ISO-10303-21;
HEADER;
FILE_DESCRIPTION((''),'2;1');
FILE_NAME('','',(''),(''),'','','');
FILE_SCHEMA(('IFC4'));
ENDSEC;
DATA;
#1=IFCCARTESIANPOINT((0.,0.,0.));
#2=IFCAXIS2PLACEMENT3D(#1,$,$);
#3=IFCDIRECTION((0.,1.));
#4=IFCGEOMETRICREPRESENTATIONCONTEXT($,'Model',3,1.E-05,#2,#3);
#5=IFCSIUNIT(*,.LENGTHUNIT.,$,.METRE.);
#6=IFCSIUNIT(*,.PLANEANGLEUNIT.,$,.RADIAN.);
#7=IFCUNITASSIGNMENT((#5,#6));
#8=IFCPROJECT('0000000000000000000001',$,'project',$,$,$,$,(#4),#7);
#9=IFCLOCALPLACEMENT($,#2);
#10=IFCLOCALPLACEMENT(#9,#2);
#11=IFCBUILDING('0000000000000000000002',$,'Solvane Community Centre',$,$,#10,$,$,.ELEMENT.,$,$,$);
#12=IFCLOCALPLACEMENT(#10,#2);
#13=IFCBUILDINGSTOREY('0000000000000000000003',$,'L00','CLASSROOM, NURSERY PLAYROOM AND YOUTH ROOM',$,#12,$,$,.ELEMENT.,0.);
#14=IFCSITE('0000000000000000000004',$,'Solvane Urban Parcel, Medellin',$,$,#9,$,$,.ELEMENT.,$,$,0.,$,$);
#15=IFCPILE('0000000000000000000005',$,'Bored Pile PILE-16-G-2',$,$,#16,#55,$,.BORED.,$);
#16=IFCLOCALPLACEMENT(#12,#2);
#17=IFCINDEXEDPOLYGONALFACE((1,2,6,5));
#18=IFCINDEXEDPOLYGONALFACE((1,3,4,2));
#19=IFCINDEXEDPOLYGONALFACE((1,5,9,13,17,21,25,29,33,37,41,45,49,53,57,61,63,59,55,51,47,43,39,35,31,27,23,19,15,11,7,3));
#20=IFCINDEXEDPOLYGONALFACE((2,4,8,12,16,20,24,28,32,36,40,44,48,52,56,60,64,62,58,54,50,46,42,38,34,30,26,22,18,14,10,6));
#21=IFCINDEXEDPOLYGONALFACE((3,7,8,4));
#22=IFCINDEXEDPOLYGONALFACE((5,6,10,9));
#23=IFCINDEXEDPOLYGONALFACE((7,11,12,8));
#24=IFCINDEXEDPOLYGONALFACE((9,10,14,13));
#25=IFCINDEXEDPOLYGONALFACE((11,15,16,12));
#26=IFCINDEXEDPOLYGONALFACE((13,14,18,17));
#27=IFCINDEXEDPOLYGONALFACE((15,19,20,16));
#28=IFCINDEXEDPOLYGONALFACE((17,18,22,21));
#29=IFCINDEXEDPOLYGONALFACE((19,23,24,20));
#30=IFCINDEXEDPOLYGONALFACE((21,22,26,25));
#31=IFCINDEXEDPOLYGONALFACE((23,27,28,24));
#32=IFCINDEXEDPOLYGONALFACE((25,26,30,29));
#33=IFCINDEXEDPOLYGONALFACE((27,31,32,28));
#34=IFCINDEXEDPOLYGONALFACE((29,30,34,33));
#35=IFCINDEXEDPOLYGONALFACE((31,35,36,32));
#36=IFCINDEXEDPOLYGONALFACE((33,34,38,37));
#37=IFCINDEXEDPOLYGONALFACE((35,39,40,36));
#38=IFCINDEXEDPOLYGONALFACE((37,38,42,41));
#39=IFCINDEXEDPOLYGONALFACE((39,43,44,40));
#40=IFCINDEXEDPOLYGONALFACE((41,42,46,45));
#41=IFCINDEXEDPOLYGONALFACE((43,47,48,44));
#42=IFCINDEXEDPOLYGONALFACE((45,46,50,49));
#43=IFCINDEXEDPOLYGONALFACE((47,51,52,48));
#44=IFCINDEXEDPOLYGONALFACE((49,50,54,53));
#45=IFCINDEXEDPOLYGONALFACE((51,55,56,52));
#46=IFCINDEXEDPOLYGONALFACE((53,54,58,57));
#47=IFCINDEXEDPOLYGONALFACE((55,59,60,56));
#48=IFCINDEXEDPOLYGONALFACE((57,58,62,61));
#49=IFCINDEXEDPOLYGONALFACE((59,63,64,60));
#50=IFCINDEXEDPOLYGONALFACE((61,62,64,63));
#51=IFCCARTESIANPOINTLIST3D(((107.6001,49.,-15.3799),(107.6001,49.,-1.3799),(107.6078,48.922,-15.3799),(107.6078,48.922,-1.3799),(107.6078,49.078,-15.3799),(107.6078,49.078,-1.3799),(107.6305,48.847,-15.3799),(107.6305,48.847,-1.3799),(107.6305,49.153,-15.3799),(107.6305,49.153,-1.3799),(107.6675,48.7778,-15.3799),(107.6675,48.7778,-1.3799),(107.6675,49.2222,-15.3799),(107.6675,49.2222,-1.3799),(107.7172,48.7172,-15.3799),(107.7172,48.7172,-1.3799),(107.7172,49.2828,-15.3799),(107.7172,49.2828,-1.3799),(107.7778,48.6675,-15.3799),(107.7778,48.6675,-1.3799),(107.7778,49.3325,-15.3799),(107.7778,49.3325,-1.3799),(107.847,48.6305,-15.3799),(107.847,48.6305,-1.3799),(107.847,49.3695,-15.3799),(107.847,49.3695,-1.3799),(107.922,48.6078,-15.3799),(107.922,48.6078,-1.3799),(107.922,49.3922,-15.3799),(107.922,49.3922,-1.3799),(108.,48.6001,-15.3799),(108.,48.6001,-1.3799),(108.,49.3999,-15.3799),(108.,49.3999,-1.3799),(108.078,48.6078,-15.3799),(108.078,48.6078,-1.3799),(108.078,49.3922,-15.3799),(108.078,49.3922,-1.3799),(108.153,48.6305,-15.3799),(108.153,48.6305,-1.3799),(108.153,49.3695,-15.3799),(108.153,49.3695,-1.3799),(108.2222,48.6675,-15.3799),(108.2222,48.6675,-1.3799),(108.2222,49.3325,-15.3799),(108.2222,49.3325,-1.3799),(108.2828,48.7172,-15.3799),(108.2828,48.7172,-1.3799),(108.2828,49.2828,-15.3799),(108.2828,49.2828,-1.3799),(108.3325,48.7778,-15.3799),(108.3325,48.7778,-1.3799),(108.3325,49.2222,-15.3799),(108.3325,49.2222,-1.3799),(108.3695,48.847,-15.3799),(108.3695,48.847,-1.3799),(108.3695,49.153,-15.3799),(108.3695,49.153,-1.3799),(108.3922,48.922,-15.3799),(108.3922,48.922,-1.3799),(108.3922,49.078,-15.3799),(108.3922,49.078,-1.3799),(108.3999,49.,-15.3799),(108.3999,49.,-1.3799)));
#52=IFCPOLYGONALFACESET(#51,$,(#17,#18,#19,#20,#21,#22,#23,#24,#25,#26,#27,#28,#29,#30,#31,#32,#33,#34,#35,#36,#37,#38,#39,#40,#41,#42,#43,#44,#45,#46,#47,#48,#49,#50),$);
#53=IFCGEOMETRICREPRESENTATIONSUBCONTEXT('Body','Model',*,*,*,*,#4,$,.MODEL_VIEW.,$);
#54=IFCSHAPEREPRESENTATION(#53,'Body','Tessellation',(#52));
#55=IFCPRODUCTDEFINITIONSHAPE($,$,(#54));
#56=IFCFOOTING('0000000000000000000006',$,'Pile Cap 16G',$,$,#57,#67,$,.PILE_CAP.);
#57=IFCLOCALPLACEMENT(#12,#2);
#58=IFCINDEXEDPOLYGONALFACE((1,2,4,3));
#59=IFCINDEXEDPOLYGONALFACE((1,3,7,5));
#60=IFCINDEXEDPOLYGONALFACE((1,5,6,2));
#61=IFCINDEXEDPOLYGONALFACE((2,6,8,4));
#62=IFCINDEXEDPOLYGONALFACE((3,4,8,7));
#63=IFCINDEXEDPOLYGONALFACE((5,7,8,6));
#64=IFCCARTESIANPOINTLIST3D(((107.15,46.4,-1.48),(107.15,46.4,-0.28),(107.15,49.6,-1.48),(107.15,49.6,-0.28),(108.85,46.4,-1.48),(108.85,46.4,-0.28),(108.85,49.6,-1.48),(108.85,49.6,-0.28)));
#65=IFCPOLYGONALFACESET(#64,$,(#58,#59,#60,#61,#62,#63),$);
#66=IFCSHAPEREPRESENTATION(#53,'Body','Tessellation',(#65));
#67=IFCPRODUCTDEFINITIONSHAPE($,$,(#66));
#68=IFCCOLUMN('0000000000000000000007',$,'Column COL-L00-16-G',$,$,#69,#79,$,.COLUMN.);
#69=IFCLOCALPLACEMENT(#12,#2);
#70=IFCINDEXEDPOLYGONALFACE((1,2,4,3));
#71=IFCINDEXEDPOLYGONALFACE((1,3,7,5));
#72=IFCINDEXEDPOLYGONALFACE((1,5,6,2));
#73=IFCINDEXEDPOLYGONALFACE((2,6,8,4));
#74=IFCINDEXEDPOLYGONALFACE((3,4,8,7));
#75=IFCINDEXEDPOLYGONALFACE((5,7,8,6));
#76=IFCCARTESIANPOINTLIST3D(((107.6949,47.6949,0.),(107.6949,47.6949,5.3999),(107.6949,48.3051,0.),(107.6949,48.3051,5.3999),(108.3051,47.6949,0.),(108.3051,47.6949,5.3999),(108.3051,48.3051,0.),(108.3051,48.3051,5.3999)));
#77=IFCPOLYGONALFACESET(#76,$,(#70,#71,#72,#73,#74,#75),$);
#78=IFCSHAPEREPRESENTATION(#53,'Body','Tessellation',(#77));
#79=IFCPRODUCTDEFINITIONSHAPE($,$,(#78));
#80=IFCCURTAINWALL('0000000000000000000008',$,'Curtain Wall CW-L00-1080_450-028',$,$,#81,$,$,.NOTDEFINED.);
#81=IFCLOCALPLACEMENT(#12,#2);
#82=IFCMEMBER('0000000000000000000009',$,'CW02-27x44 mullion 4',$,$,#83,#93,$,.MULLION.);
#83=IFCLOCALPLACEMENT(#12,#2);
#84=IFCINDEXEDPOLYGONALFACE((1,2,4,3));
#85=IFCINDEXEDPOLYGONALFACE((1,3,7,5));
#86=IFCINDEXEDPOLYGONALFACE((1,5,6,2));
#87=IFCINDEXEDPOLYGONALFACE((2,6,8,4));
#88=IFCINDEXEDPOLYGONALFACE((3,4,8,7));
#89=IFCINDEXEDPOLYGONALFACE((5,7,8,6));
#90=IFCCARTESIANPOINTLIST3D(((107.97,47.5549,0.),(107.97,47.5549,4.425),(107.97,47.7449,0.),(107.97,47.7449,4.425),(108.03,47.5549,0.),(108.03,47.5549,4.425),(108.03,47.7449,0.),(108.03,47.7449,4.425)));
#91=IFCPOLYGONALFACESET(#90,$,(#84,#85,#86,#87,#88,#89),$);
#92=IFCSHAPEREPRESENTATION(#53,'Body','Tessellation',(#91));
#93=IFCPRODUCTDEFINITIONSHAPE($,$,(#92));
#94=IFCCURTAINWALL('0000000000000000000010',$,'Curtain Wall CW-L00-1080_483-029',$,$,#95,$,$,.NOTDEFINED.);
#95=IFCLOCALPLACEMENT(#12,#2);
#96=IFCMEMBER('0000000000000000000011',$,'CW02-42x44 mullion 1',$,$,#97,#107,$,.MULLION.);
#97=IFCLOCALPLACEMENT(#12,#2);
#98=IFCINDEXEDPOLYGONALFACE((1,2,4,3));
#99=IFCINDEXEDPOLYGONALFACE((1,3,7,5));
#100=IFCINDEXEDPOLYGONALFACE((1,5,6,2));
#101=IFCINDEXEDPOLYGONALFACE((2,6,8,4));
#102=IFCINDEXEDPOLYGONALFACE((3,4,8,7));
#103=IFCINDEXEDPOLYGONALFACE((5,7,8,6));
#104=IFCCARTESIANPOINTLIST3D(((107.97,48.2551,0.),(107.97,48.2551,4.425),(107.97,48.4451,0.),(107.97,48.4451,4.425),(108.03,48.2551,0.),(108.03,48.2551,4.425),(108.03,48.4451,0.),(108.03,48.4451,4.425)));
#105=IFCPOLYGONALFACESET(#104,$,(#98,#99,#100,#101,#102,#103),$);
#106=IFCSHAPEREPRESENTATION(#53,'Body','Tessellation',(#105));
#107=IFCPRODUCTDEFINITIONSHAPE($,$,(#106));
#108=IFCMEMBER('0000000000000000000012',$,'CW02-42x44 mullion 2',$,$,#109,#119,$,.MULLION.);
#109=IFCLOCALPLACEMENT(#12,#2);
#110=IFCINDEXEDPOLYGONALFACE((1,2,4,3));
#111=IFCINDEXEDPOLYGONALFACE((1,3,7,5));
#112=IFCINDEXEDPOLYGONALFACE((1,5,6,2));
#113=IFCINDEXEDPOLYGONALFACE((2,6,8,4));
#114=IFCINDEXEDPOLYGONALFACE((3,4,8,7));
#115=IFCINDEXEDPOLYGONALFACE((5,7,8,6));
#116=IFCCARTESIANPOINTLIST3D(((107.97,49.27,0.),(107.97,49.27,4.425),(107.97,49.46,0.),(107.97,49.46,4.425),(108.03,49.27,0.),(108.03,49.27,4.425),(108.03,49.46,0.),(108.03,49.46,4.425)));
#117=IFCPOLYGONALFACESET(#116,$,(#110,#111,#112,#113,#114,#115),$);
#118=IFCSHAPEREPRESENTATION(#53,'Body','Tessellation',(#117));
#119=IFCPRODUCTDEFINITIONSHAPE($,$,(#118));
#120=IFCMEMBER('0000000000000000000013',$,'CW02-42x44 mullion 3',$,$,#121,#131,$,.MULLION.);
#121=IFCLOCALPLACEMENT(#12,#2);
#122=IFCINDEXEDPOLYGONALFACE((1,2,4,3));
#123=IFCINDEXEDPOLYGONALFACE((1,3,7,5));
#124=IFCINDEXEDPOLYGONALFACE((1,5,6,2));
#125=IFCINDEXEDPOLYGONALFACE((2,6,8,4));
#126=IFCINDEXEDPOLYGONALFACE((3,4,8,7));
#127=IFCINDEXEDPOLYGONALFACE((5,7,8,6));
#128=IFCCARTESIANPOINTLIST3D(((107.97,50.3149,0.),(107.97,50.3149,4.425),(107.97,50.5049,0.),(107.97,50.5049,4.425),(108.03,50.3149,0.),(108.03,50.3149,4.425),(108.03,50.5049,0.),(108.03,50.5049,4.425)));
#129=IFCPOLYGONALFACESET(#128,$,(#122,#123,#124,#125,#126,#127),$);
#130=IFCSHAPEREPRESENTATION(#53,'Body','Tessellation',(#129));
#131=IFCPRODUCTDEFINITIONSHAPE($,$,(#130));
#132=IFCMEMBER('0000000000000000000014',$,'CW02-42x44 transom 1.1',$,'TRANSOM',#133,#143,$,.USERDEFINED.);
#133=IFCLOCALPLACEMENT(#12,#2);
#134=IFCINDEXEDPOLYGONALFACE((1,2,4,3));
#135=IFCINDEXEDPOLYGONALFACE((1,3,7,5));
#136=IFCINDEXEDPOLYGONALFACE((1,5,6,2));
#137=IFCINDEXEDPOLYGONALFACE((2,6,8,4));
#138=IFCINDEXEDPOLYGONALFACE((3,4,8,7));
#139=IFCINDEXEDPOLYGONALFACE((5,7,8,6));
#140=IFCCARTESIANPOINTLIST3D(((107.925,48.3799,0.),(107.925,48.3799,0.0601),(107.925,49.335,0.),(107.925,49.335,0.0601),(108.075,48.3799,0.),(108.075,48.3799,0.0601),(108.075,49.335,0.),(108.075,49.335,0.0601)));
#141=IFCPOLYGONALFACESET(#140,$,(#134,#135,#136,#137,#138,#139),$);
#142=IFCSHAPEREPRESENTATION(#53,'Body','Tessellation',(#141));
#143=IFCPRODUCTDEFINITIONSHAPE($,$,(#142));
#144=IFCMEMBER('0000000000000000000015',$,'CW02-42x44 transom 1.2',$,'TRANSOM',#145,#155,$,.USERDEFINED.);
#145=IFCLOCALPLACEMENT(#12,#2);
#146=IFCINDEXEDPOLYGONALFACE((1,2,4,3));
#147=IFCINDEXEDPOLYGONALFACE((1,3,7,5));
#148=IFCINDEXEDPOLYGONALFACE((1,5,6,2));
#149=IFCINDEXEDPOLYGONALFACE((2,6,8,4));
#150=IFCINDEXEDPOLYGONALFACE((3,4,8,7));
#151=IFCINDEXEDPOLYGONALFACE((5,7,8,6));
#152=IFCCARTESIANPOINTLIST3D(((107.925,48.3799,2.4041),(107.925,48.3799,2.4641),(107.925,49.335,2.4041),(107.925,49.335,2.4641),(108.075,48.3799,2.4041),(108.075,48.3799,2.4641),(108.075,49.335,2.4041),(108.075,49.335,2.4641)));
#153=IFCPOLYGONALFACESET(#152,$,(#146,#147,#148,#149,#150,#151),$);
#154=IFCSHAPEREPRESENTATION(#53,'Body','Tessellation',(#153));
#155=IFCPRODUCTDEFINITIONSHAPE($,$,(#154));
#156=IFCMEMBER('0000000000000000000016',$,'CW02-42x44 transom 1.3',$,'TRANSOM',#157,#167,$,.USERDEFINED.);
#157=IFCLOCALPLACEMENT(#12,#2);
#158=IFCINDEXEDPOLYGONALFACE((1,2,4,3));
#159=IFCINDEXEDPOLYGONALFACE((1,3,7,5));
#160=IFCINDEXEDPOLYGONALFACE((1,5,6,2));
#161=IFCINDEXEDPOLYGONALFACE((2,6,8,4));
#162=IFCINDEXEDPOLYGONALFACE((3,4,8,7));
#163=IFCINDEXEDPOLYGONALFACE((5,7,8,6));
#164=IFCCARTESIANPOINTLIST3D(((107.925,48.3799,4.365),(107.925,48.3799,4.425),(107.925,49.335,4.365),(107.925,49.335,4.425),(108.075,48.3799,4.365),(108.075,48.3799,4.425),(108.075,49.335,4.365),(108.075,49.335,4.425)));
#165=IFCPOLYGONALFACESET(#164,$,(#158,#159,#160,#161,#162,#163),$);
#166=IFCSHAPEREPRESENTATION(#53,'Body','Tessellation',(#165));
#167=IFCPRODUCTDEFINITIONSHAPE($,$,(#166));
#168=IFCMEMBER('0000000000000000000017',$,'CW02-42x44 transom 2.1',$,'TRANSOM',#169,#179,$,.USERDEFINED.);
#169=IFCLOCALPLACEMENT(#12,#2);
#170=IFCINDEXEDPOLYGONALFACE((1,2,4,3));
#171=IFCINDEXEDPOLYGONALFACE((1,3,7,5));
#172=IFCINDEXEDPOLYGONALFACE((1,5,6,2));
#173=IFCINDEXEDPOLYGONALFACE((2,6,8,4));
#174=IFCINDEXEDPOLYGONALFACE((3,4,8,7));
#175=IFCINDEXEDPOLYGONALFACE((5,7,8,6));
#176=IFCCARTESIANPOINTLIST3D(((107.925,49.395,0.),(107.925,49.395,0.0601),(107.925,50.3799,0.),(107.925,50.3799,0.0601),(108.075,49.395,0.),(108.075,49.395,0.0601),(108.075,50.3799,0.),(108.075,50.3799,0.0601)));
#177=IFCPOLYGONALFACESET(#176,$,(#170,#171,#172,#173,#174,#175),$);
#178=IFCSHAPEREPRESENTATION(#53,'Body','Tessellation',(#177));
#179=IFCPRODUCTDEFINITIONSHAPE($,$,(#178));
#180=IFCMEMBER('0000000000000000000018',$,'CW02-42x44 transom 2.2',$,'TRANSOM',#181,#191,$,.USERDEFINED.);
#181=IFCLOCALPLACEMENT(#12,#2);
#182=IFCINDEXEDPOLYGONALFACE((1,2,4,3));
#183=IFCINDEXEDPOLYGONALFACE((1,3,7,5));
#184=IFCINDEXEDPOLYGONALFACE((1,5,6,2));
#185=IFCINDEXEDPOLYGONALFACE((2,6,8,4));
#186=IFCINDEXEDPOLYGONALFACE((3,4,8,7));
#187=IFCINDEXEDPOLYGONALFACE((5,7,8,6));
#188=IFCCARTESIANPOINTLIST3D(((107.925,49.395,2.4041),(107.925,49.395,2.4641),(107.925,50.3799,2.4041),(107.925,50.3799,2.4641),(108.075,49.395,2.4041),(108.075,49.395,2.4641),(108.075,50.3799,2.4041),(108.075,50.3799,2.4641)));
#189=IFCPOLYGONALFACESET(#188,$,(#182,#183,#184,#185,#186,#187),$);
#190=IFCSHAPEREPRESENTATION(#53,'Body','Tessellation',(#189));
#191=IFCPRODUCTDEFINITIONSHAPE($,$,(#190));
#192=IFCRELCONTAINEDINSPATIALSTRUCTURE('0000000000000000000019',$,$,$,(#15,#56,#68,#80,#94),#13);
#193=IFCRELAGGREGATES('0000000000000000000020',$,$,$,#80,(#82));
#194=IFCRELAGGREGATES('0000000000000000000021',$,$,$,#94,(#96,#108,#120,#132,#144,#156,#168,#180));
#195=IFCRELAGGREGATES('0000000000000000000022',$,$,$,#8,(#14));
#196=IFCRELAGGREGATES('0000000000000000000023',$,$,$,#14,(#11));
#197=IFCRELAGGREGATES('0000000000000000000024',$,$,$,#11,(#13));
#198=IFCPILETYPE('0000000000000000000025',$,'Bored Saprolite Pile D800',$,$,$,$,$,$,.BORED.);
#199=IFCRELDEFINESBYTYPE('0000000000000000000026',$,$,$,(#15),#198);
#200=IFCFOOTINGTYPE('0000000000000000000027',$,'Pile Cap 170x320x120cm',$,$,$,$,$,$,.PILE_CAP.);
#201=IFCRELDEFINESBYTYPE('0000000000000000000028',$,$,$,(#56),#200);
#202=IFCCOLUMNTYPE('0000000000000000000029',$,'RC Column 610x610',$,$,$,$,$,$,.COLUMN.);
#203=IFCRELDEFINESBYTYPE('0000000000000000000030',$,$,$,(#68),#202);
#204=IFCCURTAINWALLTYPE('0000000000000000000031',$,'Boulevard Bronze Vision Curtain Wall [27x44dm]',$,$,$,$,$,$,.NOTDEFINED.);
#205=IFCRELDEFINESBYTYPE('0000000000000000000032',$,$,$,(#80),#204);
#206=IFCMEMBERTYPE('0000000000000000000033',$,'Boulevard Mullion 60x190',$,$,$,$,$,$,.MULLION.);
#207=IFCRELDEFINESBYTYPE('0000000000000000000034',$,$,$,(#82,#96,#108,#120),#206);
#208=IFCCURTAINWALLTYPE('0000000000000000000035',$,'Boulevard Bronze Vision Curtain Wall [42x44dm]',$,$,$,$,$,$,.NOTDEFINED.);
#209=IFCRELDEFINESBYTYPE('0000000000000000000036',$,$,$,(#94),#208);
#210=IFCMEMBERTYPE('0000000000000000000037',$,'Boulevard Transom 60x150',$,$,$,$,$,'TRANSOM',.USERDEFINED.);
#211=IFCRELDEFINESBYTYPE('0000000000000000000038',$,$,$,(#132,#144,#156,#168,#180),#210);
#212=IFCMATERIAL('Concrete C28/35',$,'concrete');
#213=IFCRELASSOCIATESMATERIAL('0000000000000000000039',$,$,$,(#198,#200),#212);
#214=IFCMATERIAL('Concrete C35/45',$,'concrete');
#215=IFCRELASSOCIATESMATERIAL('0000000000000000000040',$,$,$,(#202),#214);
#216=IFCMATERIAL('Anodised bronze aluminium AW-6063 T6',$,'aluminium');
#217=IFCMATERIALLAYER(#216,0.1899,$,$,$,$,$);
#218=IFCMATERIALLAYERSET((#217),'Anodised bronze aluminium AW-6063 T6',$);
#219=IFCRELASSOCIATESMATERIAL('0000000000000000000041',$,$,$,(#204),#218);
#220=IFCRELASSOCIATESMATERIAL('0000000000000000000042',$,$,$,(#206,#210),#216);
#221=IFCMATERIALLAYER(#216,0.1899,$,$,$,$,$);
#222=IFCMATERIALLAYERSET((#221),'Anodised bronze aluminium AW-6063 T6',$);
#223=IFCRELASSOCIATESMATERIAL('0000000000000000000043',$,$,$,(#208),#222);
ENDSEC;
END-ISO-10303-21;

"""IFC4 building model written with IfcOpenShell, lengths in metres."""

from ifc_helpers import new_model, si_unit, direction, frame, origin, origin_2d, place, context, subcontext, project, spatial, rectangle, circle, extrude, material, layer, layer_set, material_profile, profile_set, type_object, element, aggregate, save


model = new_model("IFC4")

# Units and contexts
model_context = context("Model", 3, precision=1e-05, world=origin(), true_north=direction((0.0, 1.0)))
body_context = subcontext(model_context, "Body", "Model", "MODEL_VIEW")
ifc_project = project(units=[si_unit("LENGTHUNIT", "METRE"), si_unit("PLANEANGLEUNIT", "RADIAN")], contexts=[model_context])

# Site, building, storey
site_placement = place(None, origin())
site = spatial("IfcSite", under=ifc_project, at=site_placement, Name="Solvane Urban Parcel, Medellin", CompositionType="ELEMENT", RefElevation=0.0)
building_placement = place(site_placement, origin())
building = spatial("IfcBuilding", under=site, at=building_placement, Name="Solvane Community Centre", CompositionType="ELEMENT")
storey_placement = place(building_placement, origin())
storey = spatial("IfcBuildingStorey", under=building, at=storey_placement, Name="L00", Description="CLASSROOM, NURSERY PLAYROOM AND YOUTH ROOM", CompositionType="ELEMENT", Elevation=0.0)

# Pile
ifc_material_1 = material(Name="Concrete C28/35", Category="concrete")
ifc_material_profile_1 = material_profile(ifc_material_1, circle(Radius=0.3999, at=origin_2d()), Name="PILE D800")
ifc_profile_set_1 = profile_set([ifc_material_profile_1], Name="Concrete C28/35")
pile_type = type_object("IfcPileType", Name="Bored Saprolite Pile D800", PredefinedType="BORED", material=ifc_profile_set_1)
pile_placement = place(storey_placement, frame((108.0, 49.0, -1.3799), z_axis=(0.0, 0.0, -1.0), x_axis=(1.0, 0.0, 0.0)))
element("IfcPile", 1, at=pile_placement, inside=storey, type_object=pile_type, Name="Bored Pile PILE-16-G-2", PredefinedType="BORED", context=body_context, shape_type="SweptSolid", body=[
    extrude(circle(Radius=0.3999, at=origin_2d()), origin(), (0.0, 0.0, 1.0), 14.0),
])

# Footing
footing_type = type_object("IfcFootingType", Name="Pile Cap 170x320x120cm", PredefinedType="PILE_CAP", material=ifc_material_1)
footing_placement = place(storey_placement, frame((108.0, 48.0, -1.48), z_axis=(0.0, 0.0, 1.0), x_axis=(1.0, 0.0, 0.0)))
element("IfcFooting", 2, at=footing_placement, inside=storey, type_object=footing_type, Name="Pile Cap 16G", PredefinedType="PILE_CAP", context=body_context, shape_type="SweptSolid", body=[
    extrude(rectangle(XDim=1.7, YDim=3.2, at=origin_2d()), origin(), (0.0, 0.0, 1.0), 1.2),
])

# Column
ifc_material_2 = material(Name="Concrete C35/45", Category="concrete")
ifc_material_profile_2 = material_profile(ifc_material_2, rectangle(XDim=0.6101, YDim=0.6101, at=origin_2d()), Name="RC 610x610")
ifc_profile_set_2 = profile_set([ifc_material_profile_2], Name="Concrete C35/45")
column_type = type_object("IfcColumnType", Name="RC Column 610x610", PredefinedType="COLUMN", material=ifc_profile_set_2)
column_placement = place(storey_placement, frame((108.0, 48.0, 0.0), z_axis=(0.0, 0.0, 1.0), x_axis=(1.0, 0.0, 0.0)))
element("IfcColumn", 3, at=column_placement, inside=storey, type_object=column_type, Name="Column COL-L00-16-G", PredefinedType="COLUMN", context=body_context, shape_type="SweptSolid", body=[
    extrude(rectangle(XDim=0.6101, YDim=0.6101, at=origin_2d()), origin(), (0.0, 0.0, 1.0), 5.3999),
])

# Curtain wall, member
ifc_material_3 = material(Name="Anodised bronze aluminium AW-6063 T6", Category="aluminium")
ifc_layer_1 = layer(ifc_material_3, 0.1899)
ifc_layer_set_1 = layer_set([ifc_layer_1], Name="Anodised bronze aluminium AW-6063 T6")
curtain_wall_type_1 = type_object("IfcCurtainWallType", Name="Boulevard Bronze Vision Curtain Wall [27x44dm]", PredefinedType="NOTDEFINED", material=ifc_layer_set_1)
curtain_wall_1_placement = place(storey_placement, origin())
curtain_wall_1 = element("IfcCurtainWall", 4, at=curtain_wall_1_placement, inside=storey, type_object=curtain_wall_type_1, Name="Curtain Wall CW-L00-1080_450-028", PredefinedType="NOTDEFINED")
ifc_material_profile_3 = material_profile(ifc_material_3, rectangle(XDim=0.0601, YDim=0.1899, at=origin_2d()), Name="CW-M 60x190")
ifc_profile_set_3 = profile_set([ifc_material_profile_3], Name="Anodised bronze aluminium AW-6063 T6")
member_type_1 = type_object("IfcMemberType", Name="Boulevard Mullion 60x190", PredefinedType="MULLION", material=ifc_profile_set_3)
member_1_placement = place(storey_placement, frame((108.0, 47.6499, 0.0), z_axis=(0.0, 0.0, 1.0), x_axis=(-1.0, 0.0, 0.0)))
member_1 = element("IfcMember", 5, at=member_1_placement, type_object=member_type_1, Name="CW02-27x44 mullion 4", PredefinedType="MULLION", context=body_context, shape_type="SweptSolid", body=[
    extrude(rectangle(XDim=0.0601, YDim=0.1899, at=origin_2d()), origin(), (0.0, 0.0, 1.0), 4.425),
])

# Curtain wall, members
ifc_layer_2 = layer(ifc_material_3, 0.1899)
ifc_layer_set_2 = layer_set([ifc_layer_2], Name="Anodised bronze aluminium AW-6063 T6")
curtain_wall_type_2 = type_object("IfcCurtainWallType", Name="Boulevard Bronze Vision Curtain Wall [42x44dm]", PredefinedType="NOTDEFINED", material=ifc_layer_set_2)
curtain_wall_2_placement = place(storey_placement, origin())
curtain_wall_2 = element("IfcCurtainWall", 6, at=curtain_wall_2_placement, inside=storey, type_object=curtain_wall_type_2, Name="Curtain Wall CW-L00-1080_483-029", PredefinedType="NOTDEFINED")
member_2_placement = place(storey_placement, frame((108.0, 48.3501, 0.0), z_axis=(0.0, 0.0, 1.0), x_axis=(-1.0, 0.0, 0.0)))
member_2 = element("IfcMember", 7, at=member_2_placement, type_object=member_type_1, Name="CW02-42x44 mullion 1", PredefinedType="MULLION", context=body_context, shape_type="SweptSolid", body=[
    extrude(rectangle(XDim=0.0601, YDim=0.1899, at=origin_2d()), origin(), (0.0, 0.0, 1.0), 4.425),
])
member_3_placement = place(storey_placement, frame((108.0, 49.365, 0.0), z_axis=(0.0, 0.0, 1.0), x_axis=(-1.0, 0.0, 0.0)))
member_3 = element("IfcMember", 8, at=member_3_placement, type_object=member_type_1, Name="CW02-42x44 mullion 2", PredefinedType="MULLION", context=body_context, shape_type="SweptSolid", body=[
    extrude(rectangle(XDim=0.0601, YDim=0.1899, at=origin_2d()), origin(), (0.0, 0.0, 1.0), 4.425),
])
member_4_placement = place(storey_placement, frame((108.0, 50.4099, 0.0), z_axis=(0.0, 0.0, 1.0), x_axis=(-1.0, 0.0, 0.0)))
member_4 = element("IfcMember", 9, at=member_4_placement, type_object=member_type_1, Name="CW02-42x44 mullion 3", PredefinedType="MULLION", context=body_context, shape_type="SweptSolid", body=[
    extrude(rectangle(XDim=0.0601, YDim=0.1899, at=origin_2d()), origin(), (0.0, 0.0, 1.0), 4.425),
])
ifc_material_profile_4 = material_profile(ifc_material_3, rectangle(XDim=0.1499, YDim=0.0601, at=origin_2d()), Name="CW-T 60x150")
ifc_profile_set_4 = profile_set([ifc_material_profile_4], Name="Anodised bronze aluminium AW-6063 T6")
member_type_2 = type_object("IfcMemberType", Name="Boulevard Transom 60x150", ElementType="TRANSOM", PredefinedType="USERDEFINED", material=ifc_profile_set_4)
member_5_placement = place(storey_placement, frame((108.0, 48.3799, 0.03), z_axis=(0.0, 1.0, 0.0), x_axis=(-1.0, 0.0, 0.0)))
member_5 = element("IfcMember", 10, at=member_5_placement, type_object=member_type_2, Name="CW02-42x44 transom 1.1", ObjectType="TRANSOM", PredefinedType="USERDEFINED", context=body_context, shape_type="SweptSolid", body=[
    extrude(rectangle(XDim=0.1499, YDim=0.0601, at=origin_2d()), origin(), (0.0, 0.0, 1.0), 0.9551),
])
member_6_placement = place(storey_placement, frame((108.0, 48.3799, 2.4341), z_axis=(0.0, 1.0, 0.0), x_axis=(-1.0, 0.0, 0.0)))
member_6 = element("IfcMember", 11, at=member_6_placement, type_object=member_type_2, Name="CW02-42x44 transom 1.2", ObjectType="TRANSOM", PredefinedType="USERDEFINED", context=body_context, shape_type="SweptSolid", body=[
    extrude(rectangle(XDim=0.1499, YDim=0.0601, at=origin_2d()), origin(), (0.0, 0.0, 1.0), 0.9551),
])
member_7_placement = place(storey_placement, frame((108.0, 48.3799, 4.395), z_axis=(0.0, 1.0, 0.0), x_axis=(-1.0, 0.0, 0.0)))
member_7 = element("IfcMember", 12, at=member_7_placement, type_object=member_type_2, Name="CW02-42x44 transom 1.3", ObjectType="TRANSOM", PredefinedType="USERDEFINED", context=body_context, shape_type="SweptSolid", body=[
    extrude(rectangle(XDim=0.1499, YDim=0.0601, at=origin_2d()), origin(), (0.0, 0.0, 1.0), 0.9551),
])
member_8_placement = place(storey_placement, frame((108.0, 49.395, 0.03), z_axis=(0.0, 1.0, 0.0), x_axis=(-1.0, 0.0, 0.0)))
member_8 = element("IfcMember", 13, at=member_8_placement, type_object=member_type_2, Name="CW02-42x44 transom 2.1", ObjectType="TRANSOM", PredefinedType="USERDEFINED", context=body_context, shape_type="SweptSolid", body=[
    extrude(rectangle(XDim=0.1499, YDim=0.0601, at=origin_2d()), origin(), (0.0, 0.0, 1.0), 0.9849),
])
member_9_placement = place(storey_placement, frame((108.0, 49.395, 2.4341), z_axis=(0.0, 1.0, 0.0), x_axis=(-1.0, 0.0, 0.0)))
member_9 = element("IfcMember", 14, at=member_9_placement, type_object=member_type_2, Name="CW02-42x44 transom 2.2", ObjectType="TRANSOM", PredefinedType="USERDEFINED", context=body_context, shape_type="SweptSolid", body=[
    extrude(rectangle(XDim=0.1499, YDim=0.0601, at=origin_2d()), origin(), (0.0, 0.0, 1.0), 0.9849),
])

aggregate(curtain_wall_1, [member_1])
aggregate(curtain_wall_2, [member_2, member_3, member_4, member_5, member_6, member_7, member_8, member_9])

save(model, "model.ifc")
